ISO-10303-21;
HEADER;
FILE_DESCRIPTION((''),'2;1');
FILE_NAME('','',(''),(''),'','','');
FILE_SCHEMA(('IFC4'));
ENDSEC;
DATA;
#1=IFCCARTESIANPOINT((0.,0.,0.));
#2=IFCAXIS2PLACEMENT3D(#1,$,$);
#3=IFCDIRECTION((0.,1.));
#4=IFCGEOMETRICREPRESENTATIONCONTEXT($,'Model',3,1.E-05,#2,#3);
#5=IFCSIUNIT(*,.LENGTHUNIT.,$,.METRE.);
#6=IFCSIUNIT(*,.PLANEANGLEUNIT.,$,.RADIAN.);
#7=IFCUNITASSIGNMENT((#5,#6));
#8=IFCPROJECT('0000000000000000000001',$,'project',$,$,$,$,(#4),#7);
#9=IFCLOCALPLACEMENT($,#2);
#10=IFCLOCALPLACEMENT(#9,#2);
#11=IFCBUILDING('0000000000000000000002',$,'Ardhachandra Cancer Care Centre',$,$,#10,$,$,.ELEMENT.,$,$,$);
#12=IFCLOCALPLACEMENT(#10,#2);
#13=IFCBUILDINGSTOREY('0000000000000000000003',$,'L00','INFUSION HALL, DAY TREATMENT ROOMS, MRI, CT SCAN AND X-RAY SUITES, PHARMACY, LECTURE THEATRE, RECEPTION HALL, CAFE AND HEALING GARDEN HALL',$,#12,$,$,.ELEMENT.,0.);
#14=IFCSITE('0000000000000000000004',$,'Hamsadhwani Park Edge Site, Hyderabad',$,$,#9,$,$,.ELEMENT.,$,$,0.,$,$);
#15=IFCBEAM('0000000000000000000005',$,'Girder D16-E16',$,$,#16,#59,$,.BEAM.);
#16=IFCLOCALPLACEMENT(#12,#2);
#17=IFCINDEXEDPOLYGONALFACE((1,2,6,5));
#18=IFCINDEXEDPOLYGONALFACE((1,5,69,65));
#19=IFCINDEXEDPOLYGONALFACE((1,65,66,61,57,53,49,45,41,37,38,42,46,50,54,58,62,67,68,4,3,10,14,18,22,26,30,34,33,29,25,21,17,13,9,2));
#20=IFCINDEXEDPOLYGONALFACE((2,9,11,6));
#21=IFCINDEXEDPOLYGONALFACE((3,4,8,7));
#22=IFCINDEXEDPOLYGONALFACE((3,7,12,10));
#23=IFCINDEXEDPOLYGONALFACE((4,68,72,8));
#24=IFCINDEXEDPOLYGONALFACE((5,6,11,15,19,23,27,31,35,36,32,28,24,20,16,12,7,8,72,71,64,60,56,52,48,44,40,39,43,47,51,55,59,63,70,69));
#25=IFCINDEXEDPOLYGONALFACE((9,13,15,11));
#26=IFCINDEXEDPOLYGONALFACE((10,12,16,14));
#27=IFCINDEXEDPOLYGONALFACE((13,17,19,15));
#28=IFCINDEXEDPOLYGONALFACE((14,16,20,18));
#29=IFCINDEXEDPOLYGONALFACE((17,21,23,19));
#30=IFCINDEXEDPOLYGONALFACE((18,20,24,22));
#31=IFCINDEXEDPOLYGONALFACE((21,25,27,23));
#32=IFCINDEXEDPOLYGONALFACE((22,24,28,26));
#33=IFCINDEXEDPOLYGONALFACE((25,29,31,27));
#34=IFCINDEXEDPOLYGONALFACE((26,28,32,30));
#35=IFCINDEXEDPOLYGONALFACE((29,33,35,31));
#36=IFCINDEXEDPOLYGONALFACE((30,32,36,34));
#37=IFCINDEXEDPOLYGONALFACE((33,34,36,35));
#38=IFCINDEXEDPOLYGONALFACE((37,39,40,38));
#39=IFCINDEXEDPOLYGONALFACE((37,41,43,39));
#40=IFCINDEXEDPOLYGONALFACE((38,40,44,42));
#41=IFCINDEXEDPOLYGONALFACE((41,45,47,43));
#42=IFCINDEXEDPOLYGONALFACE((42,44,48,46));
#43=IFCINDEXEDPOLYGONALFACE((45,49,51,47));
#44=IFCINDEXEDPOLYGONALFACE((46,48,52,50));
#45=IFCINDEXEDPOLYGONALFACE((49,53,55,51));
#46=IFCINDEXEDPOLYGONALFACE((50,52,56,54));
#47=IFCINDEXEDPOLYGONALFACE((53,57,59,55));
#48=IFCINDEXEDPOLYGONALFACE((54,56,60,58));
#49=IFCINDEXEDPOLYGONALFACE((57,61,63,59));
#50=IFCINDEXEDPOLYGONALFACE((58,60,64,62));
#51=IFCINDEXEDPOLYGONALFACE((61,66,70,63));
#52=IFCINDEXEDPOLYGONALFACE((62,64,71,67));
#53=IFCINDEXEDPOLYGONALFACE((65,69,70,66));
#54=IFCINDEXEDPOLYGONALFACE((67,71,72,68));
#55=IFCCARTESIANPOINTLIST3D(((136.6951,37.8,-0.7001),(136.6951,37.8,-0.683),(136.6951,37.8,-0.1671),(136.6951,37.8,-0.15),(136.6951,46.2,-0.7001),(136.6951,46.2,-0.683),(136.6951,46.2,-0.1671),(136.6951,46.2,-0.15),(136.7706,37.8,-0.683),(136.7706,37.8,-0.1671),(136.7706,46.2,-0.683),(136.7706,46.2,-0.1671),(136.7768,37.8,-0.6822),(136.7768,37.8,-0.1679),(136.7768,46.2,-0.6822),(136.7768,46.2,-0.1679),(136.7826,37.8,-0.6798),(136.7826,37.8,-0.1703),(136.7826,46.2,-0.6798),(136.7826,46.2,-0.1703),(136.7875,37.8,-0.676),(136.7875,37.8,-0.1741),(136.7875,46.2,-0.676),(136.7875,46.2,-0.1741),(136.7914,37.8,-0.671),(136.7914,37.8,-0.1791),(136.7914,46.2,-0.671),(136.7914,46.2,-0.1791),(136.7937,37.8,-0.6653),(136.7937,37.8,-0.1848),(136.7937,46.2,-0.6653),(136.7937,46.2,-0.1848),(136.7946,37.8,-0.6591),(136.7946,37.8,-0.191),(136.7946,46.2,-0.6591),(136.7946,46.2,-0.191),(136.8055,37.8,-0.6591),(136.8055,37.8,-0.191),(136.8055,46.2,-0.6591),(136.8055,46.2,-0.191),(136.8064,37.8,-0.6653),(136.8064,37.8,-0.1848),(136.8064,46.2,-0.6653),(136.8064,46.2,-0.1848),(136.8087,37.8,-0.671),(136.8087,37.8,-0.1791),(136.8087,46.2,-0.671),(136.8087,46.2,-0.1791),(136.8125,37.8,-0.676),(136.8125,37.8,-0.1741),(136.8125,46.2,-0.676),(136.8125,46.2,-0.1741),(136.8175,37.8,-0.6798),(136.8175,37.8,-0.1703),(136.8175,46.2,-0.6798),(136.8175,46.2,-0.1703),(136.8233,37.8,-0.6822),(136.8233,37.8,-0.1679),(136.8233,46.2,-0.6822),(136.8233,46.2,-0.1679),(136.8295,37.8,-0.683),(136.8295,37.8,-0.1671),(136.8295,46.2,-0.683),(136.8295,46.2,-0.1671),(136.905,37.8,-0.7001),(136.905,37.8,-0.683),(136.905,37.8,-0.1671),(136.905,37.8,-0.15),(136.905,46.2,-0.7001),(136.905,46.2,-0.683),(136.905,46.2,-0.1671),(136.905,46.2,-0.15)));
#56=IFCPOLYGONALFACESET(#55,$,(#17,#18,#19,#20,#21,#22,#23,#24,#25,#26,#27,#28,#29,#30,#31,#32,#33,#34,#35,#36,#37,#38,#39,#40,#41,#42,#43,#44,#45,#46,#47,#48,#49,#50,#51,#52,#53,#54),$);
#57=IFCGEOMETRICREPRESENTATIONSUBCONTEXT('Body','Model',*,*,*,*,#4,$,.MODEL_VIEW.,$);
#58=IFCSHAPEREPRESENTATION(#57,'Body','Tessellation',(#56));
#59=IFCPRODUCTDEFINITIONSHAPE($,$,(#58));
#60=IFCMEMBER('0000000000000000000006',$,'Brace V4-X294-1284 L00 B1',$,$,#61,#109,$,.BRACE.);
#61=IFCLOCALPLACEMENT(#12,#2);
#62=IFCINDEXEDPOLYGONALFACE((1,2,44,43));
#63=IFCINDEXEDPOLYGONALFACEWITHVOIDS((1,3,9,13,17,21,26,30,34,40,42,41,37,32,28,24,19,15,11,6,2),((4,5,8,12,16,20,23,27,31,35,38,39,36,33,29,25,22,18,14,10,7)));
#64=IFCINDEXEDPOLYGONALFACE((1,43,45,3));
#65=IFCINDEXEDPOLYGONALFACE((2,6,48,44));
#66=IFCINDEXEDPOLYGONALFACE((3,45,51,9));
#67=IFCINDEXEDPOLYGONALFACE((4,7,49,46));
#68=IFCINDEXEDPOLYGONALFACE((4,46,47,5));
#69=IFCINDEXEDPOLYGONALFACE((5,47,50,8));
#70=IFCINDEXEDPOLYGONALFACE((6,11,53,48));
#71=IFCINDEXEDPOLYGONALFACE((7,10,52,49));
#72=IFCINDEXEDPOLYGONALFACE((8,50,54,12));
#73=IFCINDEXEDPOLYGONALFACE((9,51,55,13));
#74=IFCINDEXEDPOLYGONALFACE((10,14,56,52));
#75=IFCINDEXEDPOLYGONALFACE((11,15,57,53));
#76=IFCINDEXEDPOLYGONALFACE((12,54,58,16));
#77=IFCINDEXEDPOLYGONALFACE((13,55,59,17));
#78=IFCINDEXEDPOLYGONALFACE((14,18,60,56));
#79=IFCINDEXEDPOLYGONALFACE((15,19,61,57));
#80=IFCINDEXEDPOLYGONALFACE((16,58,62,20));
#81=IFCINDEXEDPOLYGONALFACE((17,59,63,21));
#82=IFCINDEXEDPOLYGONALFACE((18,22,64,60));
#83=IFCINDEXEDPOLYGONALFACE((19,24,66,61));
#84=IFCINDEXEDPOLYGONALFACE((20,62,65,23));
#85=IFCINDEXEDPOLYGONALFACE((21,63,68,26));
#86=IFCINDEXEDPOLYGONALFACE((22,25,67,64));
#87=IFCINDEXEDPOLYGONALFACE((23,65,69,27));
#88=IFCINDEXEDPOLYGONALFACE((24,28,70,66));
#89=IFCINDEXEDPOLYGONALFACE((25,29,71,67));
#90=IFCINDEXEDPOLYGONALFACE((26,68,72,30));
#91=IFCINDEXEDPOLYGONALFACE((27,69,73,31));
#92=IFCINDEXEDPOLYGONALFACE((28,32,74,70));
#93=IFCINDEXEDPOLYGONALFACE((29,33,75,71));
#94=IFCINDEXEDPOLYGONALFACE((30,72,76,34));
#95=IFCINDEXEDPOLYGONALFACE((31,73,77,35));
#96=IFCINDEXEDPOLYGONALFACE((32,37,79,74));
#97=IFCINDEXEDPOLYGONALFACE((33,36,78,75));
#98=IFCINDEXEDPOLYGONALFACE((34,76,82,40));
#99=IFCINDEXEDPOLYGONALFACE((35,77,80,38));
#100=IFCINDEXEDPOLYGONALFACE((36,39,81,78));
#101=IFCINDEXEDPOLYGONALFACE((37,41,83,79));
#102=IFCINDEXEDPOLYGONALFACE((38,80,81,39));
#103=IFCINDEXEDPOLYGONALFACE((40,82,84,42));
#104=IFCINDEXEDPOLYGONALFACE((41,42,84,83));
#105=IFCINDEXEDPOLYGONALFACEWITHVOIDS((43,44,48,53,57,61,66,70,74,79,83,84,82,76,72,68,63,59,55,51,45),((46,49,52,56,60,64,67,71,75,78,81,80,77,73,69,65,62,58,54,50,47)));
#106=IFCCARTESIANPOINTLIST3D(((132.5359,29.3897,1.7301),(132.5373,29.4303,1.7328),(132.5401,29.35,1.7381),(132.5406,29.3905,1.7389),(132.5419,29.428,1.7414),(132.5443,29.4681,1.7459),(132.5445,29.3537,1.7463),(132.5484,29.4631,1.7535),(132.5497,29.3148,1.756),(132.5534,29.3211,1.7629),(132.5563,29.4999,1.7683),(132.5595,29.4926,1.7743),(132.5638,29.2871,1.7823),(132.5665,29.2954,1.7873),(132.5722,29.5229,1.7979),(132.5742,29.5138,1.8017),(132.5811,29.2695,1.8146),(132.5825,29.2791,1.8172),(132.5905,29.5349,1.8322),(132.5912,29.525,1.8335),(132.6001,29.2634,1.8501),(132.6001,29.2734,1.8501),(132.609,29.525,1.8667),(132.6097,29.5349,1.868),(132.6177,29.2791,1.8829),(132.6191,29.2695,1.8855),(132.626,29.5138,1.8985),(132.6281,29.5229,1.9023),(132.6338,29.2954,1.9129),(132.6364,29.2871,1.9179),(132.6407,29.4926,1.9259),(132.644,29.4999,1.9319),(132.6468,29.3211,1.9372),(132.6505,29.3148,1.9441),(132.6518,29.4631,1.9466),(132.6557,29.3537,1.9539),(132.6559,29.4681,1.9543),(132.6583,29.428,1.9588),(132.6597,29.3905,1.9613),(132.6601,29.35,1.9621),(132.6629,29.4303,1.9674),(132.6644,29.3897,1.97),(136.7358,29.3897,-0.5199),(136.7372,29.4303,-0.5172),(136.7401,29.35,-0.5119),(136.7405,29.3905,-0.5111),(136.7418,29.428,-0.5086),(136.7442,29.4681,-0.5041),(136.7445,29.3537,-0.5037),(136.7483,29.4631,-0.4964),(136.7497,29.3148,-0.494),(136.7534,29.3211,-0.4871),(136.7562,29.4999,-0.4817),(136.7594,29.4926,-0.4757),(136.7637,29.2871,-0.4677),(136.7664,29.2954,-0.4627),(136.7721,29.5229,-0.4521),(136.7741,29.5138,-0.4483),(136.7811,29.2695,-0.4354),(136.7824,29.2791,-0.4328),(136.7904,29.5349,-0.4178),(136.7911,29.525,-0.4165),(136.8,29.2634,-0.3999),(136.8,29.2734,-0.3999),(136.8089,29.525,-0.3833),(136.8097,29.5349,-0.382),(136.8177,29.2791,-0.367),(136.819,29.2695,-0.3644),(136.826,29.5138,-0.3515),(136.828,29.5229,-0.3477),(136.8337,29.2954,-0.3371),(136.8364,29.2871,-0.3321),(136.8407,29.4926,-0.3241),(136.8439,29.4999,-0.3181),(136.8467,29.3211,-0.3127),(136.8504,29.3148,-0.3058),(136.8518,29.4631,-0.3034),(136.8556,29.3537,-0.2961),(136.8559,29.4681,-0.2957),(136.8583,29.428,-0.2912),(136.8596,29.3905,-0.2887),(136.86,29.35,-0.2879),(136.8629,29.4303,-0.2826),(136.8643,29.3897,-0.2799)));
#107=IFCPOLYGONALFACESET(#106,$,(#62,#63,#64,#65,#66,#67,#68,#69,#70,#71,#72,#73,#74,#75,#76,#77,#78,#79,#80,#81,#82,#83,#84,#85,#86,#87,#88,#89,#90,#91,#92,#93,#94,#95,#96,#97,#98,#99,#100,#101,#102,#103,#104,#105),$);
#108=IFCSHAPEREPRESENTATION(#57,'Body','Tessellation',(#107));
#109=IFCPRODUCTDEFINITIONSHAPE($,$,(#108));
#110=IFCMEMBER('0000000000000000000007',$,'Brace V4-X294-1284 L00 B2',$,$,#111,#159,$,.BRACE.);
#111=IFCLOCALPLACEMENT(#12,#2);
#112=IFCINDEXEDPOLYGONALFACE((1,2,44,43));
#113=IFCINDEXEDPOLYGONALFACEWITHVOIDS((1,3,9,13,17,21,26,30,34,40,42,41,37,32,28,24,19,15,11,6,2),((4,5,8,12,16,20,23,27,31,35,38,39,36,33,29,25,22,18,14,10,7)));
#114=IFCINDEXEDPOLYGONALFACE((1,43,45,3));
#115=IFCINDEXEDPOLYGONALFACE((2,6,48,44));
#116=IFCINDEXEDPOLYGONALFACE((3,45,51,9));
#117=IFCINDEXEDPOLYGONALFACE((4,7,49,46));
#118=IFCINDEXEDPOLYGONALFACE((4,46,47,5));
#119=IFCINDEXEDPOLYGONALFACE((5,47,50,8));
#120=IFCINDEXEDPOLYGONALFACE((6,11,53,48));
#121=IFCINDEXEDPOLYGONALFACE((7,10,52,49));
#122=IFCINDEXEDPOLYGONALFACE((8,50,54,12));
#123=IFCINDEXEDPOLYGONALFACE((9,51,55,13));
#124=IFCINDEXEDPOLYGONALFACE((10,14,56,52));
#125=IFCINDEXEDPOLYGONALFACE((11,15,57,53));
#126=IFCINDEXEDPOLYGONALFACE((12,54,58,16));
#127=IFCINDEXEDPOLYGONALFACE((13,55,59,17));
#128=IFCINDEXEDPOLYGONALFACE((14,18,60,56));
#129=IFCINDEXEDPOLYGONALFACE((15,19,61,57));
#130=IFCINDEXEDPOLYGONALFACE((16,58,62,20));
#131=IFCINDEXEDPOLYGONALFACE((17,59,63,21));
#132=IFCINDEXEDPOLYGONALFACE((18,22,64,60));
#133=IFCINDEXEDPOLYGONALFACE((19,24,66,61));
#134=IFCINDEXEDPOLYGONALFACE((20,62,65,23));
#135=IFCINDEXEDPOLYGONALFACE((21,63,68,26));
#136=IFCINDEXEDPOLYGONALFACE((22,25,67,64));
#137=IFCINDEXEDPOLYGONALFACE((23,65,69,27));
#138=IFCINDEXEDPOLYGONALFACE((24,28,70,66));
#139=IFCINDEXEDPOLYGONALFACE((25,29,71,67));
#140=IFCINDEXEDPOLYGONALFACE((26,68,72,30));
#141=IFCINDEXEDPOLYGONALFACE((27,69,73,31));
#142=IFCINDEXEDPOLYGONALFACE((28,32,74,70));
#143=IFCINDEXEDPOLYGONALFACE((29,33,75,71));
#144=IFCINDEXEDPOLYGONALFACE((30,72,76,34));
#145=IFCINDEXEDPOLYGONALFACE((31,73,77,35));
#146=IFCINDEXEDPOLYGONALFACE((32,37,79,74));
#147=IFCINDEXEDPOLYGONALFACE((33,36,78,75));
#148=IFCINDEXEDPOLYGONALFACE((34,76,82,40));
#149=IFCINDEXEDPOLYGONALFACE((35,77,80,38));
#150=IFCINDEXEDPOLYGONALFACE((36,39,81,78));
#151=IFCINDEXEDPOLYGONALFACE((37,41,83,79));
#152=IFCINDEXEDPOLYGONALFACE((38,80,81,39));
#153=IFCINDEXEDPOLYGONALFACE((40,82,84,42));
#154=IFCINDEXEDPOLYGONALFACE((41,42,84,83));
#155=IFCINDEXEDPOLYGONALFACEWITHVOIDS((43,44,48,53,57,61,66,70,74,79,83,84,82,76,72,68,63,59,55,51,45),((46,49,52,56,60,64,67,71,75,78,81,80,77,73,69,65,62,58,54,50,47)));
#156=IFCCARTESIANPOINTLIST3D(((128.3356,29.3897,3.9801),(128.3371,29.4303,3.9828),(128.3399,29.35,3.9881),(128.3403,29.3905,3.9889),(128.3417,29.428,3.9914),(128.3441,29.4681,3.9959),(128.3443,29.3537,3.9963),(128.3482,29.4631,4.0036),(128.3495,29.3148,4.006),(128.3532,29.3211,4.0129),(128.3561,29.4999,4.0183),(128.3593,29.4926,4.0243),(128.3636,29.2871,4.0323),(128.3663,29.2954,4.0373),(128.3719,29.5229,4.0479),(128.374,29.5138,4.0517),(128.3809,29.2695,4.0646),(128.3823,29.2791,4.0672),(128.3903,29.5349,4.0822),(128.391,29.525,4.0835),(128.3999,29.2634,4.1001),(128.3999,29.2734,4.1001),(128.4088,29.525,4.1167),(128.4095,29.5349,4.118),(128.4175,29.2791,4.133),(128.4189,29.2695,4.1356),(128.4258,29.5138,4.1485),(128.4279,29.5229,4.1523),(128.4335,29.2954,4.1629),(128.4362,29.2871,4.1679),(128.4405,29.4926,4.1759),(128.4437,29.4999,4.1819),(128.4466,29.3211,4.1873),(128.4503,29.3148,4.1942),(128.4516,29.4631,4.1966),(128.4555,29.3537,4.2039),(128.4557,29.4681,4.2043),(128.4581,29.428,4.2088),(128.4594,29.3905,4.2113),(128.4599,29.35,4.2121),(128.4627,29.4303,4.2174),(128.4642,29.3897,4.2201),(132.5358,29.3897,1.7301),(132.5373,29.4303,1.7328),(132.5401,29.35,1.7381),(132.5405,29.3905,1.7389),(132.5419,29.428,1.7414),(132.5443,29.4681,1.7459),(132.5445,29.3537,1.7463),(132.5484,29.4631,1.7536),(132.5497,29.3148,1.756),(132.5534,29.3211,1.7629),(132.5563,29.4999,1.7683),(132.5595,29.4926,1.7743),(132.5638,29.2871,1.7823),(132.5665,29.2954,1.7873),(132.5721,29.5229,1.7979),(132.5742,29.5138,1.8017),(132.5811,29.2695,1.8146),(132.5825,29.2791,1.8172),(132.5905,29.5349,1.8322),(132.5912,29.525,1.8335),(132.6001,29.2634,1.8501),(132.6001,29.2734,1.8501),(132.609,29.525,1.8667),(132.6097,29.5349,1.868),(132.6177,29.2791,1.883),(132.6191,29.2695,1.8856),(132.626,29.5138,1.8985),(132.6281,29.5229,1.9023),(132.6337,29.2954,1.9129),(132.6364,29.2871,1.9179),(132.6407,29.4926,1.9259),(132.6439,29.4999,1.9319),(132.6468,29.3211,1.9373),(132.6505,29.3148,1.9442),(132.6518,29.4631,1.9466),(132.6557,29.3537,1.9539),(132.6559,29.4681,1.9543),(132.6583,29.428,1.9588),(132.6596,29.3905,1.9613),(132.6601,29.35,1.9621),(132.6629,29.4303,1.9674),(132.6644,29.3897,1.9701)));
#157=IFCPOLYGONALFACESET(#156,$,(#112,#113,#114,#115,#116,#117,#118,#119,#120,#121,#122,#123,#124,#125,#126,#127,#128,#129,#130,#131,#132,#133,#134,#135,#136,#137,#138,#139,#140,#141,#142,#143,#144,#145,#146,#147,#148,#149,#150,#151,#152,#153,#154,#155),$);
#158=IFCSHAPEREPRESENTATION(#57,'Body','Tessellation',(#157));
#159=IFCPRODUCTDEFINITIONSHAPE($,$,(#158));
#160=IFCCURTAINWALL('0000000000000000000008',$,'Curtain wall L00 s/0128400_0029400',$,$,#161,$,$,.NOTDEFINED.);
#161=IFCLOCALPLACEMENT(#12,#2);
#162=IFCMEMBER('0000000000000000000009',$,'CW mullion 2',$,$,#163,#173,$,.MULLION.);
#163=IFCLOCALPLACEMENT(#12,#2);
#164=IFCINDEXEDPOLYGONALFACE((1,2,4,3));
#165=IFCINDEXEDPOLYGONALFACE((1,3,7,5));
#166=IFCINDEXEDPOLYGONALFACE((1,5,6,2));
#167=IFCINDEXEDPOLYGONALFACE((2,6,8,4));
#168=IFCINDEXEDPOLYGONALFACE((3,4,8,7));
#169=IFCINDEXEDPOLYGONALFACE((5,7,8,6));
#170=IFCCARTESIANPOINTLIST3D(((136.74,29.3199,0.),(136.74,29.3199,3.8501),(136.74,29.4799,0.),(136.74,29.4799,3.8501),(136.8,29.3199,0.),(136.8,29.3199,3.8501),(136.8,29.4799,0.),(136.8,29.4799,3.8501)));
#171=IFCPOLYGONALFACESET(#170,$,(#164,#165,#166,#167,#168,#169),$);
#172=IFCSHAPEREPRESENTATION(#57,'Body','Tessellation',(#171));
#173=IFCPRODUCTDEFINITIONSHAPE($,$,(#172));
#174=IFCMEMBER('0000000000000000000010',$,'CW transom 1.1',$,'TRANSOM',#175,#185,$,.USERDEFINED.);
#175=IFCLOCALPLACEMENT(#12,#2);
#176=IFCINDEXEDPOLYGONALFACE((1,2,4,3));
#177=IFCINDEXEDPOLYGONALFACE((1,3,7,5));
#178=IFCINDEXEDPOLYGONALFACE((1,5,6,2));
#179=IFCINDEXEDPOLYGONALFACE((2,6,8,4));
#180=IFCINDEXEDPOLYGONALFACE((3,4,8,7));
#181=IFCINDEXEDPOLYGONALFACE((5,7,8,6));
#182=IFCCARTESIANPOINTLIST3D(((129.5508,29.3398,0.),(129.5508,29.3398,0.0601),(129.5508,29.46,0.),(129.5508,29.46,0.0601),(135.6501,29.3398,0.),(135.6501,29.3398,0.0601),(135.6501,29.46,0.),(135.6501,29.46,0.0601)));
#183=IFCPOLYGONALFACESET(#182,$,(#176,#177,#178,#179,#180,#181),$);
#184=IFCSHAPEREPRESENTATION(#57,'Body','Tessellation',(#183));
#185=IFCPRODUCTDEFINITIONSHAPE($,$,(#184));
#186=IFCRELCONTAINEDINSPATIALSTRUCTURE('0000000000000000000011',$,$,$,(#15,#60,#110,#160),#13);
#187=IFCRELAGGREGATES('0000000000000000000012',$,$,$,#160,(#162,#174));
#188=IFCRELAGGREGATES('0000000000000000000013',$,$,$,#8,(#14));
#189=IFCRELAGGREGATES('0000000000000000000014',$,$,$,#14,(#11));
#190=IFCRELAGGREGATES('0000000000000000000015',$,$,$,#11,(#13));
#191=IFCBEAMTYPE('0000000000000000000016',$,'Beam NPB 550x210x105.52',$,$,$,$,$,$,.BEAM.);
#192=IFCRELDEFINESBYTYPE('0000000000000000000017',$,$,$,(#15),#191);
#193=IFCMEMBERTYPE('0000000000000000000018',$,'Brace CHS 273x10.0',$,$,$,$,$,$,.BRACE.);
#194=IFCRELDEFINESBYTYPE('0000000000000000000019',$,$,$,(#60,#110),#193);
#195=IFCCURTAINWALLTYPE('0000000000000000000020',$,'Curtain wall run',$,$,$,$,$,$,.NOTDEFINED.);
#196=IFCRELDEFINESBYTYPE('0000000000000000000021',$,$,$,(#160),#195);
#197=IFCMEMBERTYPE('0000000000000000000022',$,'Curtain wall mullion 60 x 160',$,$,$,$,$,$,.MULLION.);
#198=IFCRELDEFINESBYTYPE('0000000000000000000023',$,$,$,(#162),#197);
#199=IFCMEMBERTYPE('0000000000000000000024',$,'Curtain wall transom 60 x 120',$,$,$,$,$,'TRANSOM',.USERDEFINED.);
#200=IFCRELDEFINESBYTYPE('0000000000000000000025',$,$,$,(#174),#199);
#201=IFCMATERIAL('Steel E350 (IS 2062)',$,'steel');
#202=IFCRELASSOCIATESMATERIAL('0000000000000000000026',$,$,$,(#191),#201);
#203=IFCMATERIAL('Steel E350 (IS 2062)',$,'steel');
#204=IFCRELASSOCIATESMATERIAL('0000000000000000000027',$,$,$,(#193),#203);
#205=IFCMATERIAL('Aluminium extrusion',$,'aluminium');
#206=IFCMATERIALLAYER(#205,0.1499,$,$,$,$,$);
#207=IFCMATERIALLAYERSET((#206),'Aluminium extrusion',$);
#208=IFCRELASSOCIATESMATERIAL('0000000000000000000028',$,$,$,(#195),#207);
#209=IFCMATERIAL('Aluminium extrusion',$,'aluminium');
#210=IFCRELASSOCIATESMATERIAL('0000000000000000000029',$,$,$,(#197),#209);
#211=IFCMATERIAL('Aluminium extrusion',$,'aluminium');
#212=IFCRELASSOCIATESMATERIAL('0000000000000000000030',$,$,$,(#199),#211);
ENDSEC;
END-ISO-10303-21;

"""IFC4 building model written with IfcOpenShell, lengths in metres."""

from ifc_helpers import new_model, si_unit, direction, frame, origin, origin_2d, place, context, subcontext, project, spatial, rectangle, hollow_circle, i_section, extrude, material, layer, layer_set, material_profile, profile_set, type_object, element, aggregate, save


model = new_model("IFC4")

# Units and contexts
model_context = context("Model", 3, precision=1e-05, world=origin(), true_north=direction((0.0, 1.0)))
body_context = subcontext(model_context, "Body", "Model", "MODEL_VIEW")
ifc_project = project(units=[si_unit("LENGTHUNIT", "METRE"), si_unit("PLANEANGLEUNIT", "RADIAN")], contexts=[model_context])

# Site, building, storey
site_placement = place(None, origin())
site = spatial("IfcSite", under=ifc_project, at=site_placement, Name="Hamsadhwani Park Edge Site, Hyderabad", CompositionType="ELEMENT", RefElevation=0.0)
building_placement = place(site_placement, origin())
building = spatial("IfcBuilding", under=site, at=building_placement, Name="Ardhachandra Cancer Care Centre", CompositionType="ELEMENT")
storey_placement = place(building_placement, origin())
storey = spatial("IfcBuildingStorey", under=building, at=storey_placement, Name="L00", Description="INFUSION HALL, DAY TREATMENT ROOMS, MRI, CT SCAN AND X-RAY SUITES, PHARMACY, LECTURE THEATRE, RECEPTION HALL, CAFE AND HEALING GARDEN HALL", CompositionType="ELEMENT", Elevation=0.0)

# Beam
ifc_material_1 = material(Name="Steel E350 (IS 2062)", Category="steel")
ifc_material_profile_1 = material_profile(ifc_material_1, i_section(OverallWidth=0.21, OverallDepth=0.55, WebThickness=0.011, FlangeThickness=0.0171, FilletRadius=0.0239, at=origin_2d()), Name="NPB 550x210x105.52")
ifc_profile_set_1 = profile_set([ifc_material_profile_1], Name="Steel E350 (IS 2062)")
beam_type_1 = type_object("IfcBeamType", Name="Beam NPB 550x210x105.52", PredefinedType="BEAM", material=ifc_profile_set_1)
beam_1_placement = place(storey_placement, frame((136.8, 37.8, -0.425), z_axis=(0.0, 1.0, 0.0), x_axis=(-1.0, 0.0, 0.0)))
element("IfcBeam", 1, at=beam_1_placement, inside=storey, type_object=beam_type_1, Name="Girder D16-E16", PredefinedType="BEAM", context=body_context, shape_type="SweptSolid", body=[
    extrude(i_section(OverallWidth=0.21, OverallDepth=0.55, WebThickness=0.011, FlangeThickness=0.0171, FilletRadius=0.0239, at=origin_2d()), origin(), (0.0, 0.0, 1.0), 8.3999),
])

# Members
ifc_material_2 = material(Name="Steel E350 (IS 2062)", Category="steel")
ifc_material_profile_2 = material_profile(ifc_material_2, hollow_circle(Radius=0.1365, WallThickness=0.01, at=origin_2d()), Name="CHS 273x10.0")
ifc_profile_set_2 = profile_set([ifc_material_profile_2], Name="Steel E350 (IS 2062)")
member_type_1 = type_object("IfcMemberType", Name="Brace CHS 273x10.0", PredefinedType="BRACE", material=ifc_profile_set_2)
member_1_placement = place(storey_placement, frame((136.8, 29.3999, -0.3999), z_axis=(-0.881478, 0.0, 0.472226), x_axis=(0.0, -1.0, 0.0)))
element("IfcMember", 2, at=member_1_placement, inside=storey, type_object=member_type_1, Name="Brace V4-X294-1284 L00 B1", PredefinedType="BRACE", context=body_context, shape_type="SweptSolid", body=[
    extrude(hollow_circle(Radius=0.1365, WallThickness=0.01, at=origin_2d()), origin(), (0.0, 0.0, 1.0), 4.7646),
])
member_2_placement = place(storey_placement, frame((132.6001, 29.3999, 1.8501), z_axis=(-0.881489, 0.0, 0.472204), x_axis=(0.0, -1.0, 0.0)))
element("IfcMember", 3, at=member_2_placement, inside=storey, type_object=member_type_1, Name="Brace V4-X294-1284 L00 B2", PredefinedType="BRACE", context=body_context, shape_type="SweptSolid", body=[
    extrude(hollow_circle(Radius=0.1365, WallThickness=0.01, at=origin_2d()), origin(), (0.0, 0.0, 1.0), 4.7649),
])

# Curtain wall, members
ifc_material_3 = material(Name="Aluminium extrusion", Category="aluminium")
ifc_layer_1 = layer(ifc_material_3, 0.1499)
ifc_layer_set_1 = layer_set([ifc_layer_1], Name="Aluminium extrusion")
curtain_wall_type = type_object("IfcCurtainWallType", Name="Curtain wall run", PredefinedType="NOTDEFINED", material=ifc_layer_set_1)
curtain_wall_placement = place(storey_placement, origin())
curtain_wall = element("IfcCurtainWall", 4, at=curtain_wall_placement, inside=storey, type_object=curtain_wall_type, Name="Curtain wall L00 s/0128400_0029400", PredefinedType="NOTDEFINED")
ifc_material_4 = material(Name="Aluminium extrusion", Category="aluminium")
ifc_material_profile_3 = material_profile(ifc_material_4, rectangle(XDim=0.1599, YDim=0.0601, at=origin_2d()), Name="Curtain wall mullion 60 x 160")
ifc_profile_set_3 = profile_set([ifc_material_profile_3], Name="Aluminium extrusion")
member_type_2 = type_object("IfcMemberType", Name="Curtain wall mullion 60 x 160", PredefinedType="MULLION", material=ifc_profile_set_3)
member_3_placement = place(storey_placement, frame((136.77, 29.3999, 0.0), z_axis=(0.0, 0.0, 1.0), x_axis=(0.0, 1.0, 0.0)))
member_3 = element("IfcMember", 5, at=member_3_placement, type_object=member_type_2, Name="CW mullion 2", PredefinedType="MULLION", context=body_context, shape_type="SweptSolid", body=[
    extrude(rectangle(XDim=0.1599, YDim=0.0601, at=origin_2d()), origin(), (0.0, 0.0, 1.0), 3.8501),
])
ifc_material_5 = material(Name="Aluminium extrusion", Category="aluminium")
ifc_material_profile_4 = material_profile(ifc_material_5, rectangle(XDim=0.1201, YDim=0.0601, at=origin_2d()), Name="Curtain wall transom 60 x 120")
ifc_profile_set_4 = profile_set([ifc_material_profile_4], Name="Aluminium extrusion")
member_type_3 = type_object("IfcMemberType", Name="Curtain wall transom 60 x 120", ElementType="TRANSOM", PredefinedType="USERDEFINED", material=ifc_profile_set_4)
member_4_placement = place(storey_placement, frame((129.5508, 29.3999, 0.03), z_axis=(1.0, 0.0, 0.0), x_axis=(0.0, 1.0, 0.0)))
member_4 = element("IfcMember", 6, at=member_4_placement, type_object=member_type_3, Name="CW transom 1.1", ObjectType="TRANSOM", PredefinedType="USERDEFINED", context=body_context, shape_type="SweptSolid", body=[
    extrude(rectangle(XDim=0.1201, YDim=0.0601, at=origin_2d()), origin(), (0.0, 0.0, 1.0), 6.0994),
])
aggregate(curtain_wall, [member_3, member_4])

save(model, "model.ifc")
